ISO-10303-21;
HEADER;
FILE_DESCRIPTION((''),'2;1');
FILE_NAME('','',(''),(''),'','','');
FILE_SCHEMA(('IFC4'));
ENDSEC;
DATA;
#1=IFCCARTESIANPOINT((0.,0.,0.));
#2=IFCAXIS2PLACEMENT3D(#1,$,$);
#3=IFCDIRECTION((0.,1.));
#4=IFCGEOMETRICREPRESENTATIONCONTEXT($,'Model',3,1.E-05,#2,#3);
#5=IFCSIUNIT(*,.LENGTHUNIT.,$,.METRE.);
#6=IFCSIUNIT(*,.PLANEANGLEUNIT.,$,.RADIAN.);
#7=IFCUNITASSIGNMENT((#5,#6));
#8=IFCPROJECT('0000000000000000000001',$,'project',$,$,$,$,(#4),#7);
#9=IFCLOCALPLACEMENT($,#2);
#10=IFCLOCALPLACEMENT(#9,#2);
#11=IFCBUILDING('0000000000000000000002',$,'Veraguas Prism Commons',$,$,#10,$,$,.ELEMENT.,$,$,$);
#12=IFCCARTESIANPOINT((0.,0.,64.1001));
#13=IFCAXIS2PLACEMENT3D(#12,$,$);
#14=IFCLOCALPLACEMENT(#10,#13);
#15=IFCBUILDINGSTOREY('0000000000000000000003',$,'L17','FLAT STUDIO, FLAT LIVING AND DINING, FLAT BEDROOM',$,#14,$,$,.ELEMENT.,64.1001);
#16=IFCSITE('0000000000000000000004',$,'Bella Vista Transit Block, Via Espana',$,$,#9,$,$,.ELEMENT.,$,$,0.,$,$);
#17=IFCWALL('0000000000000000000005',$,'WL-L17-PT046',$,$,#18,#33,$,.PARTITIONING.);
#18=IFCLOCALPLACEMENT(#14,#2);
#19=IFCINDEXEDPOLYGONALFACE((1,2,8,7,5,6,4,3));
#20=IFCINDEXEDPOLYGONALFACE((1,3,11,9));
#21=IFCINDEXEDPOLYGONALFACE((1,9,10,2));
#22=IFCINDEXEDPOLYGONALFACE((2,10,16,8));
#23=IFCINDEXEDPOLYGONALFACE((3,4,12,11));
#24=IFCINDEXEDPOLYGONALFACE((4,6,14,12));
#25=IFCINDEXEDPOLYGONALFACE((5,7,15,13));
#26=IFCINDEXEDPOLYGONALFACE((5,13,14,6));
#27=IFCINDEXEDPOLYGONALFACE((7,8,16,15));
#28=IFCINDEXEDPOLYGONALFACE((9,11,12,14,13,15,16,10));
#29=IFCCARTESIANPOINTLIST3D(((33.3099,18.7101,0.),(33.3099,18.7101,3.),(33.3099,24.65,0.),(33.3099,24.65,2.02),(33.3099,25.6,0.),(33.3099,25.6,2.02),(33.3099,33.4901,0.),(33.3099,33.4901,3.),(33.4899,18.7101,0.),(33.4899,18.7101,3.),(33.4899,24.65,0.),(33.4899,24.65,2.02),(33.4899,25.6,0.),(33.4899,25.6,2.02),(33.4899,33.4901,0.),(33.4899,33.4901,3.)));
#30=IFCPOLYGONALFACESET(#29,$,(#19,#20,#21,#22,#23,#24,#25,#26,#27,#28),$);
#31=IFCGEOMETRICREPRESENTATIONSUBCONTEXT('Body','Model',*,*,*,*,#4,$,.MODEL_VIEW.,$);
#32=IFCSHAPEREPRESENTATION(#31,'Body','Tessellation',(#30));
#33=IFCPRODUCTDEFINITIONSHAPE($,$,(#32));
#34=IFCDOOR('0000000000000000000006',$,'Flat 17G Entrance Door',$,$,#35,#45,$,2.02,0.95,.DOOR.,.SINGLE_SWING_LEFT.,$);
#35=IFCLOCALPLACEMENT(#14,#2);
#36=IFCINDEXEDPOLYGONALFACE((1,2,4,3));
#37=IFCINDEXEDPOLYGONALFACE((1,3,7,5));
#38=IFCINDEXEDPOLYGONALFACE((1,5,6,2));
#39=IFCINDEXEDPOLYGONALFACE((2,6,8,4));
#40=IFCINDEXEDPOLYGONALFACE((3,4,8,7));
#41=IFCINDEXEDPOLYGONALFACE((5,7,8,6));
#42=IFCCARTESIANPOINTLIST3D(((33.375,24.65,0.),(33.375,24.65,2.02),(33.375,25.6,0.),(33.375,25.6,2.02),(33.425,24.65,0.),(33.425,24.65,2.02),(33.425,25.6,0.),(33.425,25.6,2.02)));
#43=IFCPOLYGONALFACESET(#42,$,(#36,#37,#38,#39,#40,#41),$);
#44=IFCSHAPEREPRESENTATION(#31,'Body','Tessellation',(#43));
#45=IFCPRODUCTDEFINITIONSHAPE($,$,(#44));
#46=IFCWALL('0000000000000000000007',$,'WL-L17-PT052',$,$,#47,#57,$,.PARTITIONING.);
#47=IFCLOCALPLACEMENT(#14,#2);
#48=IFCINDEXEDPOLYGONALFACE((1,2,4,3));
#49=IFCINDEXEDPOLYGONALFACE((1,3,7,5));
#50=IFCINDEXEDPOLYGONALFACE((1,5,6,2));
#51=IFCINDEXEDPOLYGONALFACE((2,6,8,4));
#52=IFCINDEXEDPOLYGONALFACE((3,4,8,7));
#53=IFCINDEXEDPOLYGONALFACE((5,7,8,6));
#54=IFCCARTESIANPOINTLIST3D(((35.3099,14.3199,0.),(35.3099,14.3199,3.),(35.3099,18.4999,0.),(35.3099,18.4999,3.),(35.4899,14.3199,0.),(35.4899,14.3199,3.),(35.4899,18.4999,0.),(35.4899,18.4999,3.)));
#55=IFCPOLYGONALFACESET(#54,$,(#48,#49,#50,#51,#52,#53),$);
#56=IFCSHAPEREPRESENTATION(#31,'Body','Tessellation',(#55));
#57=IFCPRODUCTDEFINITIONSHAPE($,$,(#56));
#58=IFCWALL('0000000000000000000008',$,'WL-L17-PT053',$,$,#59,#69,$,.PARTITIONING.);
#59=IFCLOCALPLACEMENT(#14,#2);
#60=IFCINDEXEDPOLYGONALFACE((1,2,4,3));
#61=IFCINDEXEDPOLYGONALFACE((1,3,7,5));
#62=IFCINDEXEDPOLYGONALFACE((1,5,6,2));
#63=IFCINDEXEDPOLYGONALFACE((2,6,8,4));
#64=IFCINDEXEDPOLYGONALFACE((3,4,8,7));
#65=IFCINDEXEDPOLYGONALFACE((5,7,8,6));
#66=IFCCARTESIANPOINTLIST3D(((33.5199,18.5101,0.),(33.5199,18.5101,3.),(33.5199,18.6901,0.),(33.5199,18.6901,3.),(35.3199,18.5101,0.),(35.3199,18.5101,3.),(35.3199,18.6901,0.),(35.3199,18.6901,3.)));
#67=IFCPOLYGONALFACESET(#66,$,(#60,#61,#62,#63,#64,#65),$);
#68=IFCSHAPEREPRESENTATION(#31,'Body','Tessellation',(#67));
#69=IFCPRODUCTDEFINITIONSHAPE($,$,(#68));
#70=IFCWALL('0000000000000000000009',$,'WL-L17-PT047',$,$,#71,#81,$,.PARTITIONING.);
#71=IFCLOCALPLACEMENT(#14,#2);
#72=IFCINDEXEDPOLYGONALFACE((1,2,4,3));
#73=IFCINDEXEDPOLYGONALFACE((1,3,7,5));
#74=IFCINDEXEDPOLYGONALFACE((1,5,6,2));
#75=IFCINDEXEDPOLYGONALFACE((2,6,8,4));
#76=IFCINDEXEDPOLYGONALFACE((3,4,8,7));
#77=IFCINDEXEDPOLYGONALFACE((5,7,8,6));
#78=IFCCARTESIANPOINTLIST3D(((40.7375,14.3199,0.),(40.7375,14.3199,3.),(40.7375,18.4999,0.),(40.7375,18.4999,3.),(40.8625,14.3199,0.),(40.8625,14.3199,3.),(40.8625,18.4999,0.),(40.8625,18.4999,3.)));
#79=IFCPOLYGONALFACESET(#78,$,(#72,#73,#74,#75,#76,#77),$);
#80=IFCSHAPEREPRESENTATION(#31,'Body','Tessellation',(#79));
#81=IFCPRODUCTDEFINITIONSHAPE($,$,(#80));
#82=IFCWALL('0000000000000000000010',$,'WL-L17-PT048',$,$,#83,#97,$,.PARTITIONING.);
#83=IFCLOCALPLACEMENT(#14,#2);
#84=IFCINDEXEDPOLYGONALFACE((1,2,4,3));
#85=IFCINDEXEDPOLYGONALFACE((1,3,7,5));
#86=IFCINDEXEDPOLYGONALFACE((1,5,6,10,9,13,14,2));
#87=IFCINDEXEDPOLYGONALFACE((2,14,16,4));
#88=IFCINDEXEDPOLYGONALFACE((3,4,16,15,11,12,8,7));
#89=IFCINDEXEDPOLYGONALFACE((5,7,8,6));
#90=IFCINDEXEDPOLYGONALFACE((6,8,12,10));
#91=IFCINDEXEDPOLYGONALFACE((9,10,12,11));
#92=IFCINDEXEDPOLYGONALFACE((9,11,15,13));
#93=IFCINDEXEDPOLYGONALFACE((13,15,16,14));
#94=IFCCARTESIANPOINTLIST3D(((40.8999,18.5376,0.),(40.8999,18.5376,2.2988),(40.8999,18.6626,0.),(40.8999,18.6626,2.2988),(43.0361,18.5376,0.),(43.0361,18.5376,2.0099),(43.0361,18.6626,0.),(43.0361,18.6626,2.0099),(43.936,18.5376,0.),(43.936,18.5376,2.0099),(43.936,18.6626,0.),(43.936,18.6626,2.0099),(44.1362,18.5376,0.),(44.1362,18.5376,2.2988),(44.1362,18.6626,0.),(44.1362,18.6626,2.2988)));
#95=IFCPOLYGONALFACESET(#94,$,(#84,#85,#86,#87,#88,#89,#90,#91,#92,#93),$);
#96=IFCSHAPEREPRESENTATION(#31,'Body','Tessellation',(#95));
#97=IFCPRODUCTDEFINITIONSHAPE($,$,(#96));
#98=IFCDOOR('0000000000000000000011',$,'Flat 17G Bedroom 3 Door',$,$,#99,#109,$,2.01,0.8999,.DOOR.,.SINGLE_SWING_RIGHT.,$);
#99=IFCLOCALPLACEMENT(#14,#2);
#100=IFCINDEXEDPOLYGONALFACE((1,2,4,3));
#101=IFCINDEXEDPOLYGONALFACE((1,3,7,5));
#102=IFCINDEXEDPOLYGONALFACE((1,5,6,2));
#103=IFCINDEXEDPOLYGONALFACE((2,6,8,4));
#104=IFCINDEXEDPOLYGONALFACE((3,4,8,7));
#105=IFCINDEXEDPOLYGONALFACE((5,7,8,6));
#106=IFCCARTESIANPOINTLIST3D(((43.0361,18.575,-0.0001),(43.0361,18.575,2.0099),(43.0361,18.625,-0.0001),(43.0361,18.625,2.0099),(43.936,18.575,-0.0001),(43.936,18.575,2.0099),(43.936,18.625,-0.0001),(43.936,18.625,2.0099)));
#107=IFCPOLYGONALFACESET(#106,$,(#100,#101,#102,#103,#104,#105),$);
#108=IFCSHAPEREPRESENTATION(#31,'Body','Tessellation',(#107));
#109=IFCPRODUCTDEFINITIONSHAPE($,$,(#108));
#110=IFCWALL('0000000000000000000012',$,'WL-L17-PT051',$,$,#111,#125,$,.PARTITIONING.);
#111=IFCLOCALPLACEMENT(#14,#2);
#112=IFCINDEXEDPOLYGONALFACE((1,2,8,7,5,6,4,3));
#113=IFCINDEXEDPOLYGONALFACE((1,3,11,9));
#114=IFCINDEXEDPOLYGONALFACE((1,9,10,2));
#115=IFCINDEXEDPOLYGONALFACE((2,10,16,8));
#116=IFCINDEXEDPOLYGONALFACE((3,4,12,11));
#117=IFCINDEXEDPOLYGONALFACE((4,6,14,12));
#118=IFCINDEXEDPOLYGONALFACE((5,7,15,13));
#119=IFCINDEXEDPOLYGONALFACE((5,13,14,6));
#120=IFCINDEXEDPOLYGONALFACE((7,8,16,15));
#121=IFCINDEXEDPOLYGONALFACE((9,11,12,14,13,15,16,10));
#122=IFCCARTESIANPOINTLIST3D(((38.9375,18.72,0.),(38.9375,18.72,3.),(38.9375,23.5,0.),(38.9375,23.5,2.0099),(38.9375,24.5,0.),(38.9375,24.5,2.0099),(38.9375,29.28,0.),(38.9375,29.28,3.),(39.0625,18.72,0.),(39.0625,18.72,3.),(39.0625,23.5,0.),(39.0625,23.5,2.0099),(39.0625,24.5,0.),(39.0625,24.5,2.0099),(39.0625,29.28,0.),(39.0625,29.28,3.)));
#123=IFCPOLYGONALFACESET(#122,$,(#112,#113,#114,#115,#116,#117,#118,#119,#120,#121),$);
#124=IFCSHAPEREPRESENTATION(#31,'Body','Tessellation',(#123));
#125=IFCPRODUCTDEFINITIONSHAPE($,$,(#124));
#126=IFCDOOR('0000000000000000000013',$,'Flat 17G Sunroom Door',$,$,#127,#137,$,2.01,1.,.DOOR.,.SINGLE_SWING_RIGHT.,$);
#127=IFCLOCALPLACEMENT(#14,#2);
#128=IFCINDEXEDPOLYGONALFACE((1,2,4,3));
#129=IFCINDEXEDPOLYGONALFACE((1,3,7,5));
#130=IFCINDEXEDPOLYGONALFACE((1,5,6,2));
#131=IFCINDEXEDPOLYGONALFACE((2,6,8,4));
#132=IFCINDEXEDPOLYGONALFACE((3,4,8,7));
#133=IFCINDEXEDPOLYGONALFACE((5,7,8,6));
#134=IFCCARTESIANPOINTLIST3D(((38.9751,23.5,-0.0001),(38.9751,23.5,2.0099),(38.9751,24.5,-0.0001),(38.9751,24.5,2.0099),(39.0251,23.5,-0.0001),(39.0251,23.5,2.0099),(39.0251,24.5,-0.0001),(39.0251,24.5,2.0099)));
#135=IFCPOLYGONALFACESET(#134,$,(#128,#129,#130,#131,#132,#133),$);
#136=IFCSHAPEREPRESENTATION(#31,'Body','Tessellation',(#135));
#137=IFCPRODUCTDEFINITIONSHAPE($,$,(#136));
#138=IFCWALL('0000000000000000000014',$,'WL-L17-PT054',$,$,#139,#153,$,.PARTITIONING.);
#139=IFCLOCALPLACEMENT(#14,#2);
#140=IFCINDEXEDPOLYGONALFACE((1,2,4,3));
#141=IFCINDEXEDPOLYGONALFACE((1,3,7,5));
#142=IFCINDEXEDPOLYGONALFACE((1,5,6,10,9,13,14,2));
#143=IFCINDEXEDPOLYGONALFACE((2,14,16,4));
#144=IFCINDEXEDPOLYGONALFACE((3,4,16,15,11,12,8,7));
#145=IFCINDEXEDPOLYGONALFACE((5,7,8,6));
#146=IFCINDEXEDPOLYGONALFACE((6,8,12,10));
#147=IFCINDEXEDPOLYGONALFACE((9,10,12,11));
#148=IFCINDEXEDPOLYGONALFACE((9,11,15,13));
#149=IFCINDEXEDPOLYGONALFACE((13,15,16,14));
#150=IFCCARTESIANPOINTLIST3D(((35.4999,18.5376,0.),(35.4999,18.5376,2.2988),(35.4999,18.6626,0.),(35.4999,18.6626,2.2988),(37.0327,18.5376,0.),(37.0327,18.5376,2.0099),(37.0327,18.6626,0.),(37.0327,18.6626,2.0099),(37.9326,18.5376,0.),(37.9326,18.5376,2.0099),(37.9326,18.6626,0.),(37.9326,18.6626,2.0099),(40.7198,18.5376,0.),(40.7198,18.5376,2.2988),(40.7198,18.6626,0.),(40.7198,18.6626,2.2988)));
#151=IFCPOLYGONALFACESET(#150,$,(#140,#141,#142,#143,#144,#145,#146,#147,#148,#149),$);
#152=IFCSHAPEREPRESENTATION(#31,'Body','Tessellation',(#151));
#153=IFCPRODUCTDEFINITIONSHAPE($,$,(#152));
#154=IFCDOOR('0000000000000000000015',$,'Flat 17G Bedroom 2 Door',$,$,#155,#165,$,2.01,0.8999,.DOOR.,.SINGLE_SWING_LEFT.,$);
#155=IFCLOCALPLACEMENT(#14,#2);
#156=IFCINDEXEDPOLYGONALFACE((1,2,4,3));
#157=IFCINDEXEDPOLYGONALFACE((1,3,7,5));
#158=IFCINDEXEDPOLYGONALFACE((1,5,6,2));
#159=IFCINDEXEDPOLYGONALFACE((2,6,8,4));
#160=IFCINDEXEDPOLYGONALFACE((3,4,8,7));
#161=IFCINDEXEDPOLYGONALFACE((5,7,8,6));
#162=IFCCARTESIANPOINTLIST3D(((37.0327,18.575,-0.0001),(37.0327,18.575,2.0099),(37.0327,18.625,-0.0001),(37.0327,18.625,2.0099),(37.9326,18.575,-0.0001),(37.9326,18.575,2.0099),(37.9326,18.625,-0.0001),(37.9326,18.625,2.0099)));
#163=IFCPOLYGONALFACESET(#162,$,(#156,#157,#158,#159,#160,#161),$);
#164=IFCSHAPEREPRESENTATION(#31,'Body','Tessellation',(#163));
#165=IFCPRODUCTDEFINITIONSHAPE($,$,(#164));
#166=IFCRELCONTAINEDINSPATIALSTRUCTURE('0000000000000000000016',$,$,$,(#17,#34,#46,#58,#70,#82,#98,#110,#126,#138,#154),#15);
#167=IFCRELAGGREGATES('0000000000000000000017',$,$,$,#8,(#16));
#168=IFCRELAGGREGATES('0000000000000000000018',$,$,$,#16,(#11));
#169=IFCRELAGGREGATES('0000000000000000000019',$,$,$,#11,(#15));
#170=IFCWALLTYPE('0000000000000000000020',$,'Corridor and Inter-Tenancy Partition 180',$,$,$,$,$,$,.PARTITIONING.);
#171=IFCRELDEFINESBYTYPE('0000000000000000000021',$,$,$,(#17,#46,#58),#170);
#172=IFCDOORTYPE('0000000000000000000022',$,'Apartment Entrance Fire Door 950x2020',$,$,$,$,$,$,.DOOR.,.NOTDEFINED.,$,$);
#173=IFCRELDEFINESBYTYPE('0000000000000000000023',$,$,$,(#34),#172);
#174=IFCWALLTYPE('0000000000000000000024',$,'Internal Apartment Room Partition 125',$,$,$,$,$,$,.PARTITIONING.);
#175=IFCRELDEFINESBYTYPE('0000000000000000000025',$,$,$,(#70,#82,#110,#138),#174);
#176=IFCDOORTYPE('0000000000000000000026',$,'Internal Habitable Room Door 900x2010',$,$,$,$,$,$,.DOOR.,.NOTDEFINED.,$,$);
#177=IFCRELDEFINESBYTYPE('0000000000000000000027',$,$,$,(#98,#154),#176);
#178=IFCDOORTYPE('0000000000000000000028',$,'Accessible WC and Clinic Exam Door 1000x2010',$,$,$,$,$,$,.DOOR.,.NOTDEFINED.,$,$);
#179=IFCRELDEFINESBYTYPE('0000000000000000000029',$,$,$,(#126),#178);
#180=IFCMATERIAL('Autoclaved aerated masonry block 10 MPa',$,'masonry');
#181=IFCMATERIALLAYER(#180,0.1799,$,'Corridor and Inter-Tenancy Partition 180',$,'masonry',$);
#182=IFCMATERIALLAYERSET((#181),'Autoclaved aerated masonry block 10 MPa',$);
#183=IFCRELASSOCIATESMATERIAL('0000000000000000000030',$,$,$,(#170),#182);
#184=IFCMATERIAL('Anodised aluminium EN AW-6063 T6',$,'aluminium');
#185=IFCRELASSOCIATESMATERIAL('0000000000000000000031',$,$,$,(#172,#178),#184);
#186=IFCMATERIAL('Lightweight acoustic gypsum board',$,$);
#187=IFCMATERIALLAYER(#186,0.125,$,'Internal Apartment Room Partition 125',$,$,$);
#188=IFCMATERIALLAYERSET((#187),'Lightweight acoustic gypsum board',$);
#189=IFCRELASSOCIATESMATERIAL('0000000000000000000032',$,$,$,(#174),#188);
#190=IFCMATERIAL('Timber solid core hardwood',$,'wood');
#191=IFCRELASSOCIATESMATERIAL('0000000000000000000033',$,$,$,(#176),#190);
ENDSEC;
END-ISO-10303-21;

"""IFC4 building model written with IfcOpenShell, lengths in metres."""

from ifc_helpers import new_model, si_unit, direction, frame, frame_2d, origin, place, context, subcontext, project, spatial, rectangle, extrude, source, transform, mapped, material, layer, layer_set, type_object, element, fill, save


model = new_model("IFC4")

# Units and contexts
model_context = context("Model", 3, precision=1e-05, world=origin(), true_north=direction((0.0, 1.0)))
body_context = subcontext(model_context, "Body", "Model", "MODEL_VIEW")
ifc_project = project(units=[si_unit("LENGTHUNIT", "METRE"), si_unit("PLANEANGLEUNIT", "RADIAN")], contexts=[model_context])

# Site, building, storey
site_placement = place(None, origin())
site = spatial("IfcSite", under=ifc_project, at=site_placement, Name="Bella Vista Transit Block, Via Espana", CompositionType="ELEMENT", RefElevation=0.0)
building_placement = place(site_placement, origin())
building = spatial("IfcBuilding", under=site, at=building_placement, Name="Veraguas Prism Commons", CompositionType="ELEMENT")
storey_placement = place(building_placement, frame((0.0, 0.0, 64.1001)))
storey = spatial("IfcBuildingStorey", under=building, at=storey_placement, Name="L17", Description="FLAT STUDIO, FLAT LIVING AND DINING, FLAT BEDROOM", CompositionType="ELEMENT", Elevation=64.1001)

# Shared definitions
ifc_material_1 = material(Name="Anodised aluminium EN AW-6063 T6", Category="aluminium")

# Wall, opening, door
ifc_material_2 = material(Name="Autoclaved aerated masonry block 10 MPa", Category="masonry")
ifc_layer_1 = layer(ifc_material_2, 0.1799, Name="Corridor and Inter-Tenancy Partition 180", Category="masonry")
ifc_layer_set_1 = layer_set([ifc_layer_1], Name="Autoclaved aerated masonry block 10 MPa")
wall_type_1 = type_object("IfcWallType", Name="Corridor and Inter-Tenancy Partition 180", PredefinedType="PARTITIONING", material=ifc_layer_set_1)
shared_shape_1 = source(origin(), body_context, "Body", "SweptSolid", [
    extrude(rectangle(XDim=1.0, YDim=2.01, at=frame_2d((0.5, 1.0049))), frame((0.0, 0.0249, 0.0), z_axis=(0.0, -1.0, 0.0), x_axis=(1.0, 0.0, 0.0)), (0.0, 0.0, 1.0), 0.05),
])
wall_1_placement = place(storey_placement, frame((33.3999, 18.71, 0.0), z_axis=(0.0, 0.0, 1.0), x_axis=(0.0, 1.0, 0.0)))
wall_1 = element("IfcWall", 1, at=wall_1_placement, inside=storey, type_object=wall_type_1, Name="WL-L17-PT046", PredefinedType="PARTITIONING", context=body_context, shape_type="SweptSolid", body=[
    extrude(rectangle(XDim=14.78, YDim=0.1799, at=frame_2d((7.3901, 0.0))), origin(), (0.0, 0.0, 1.0), 3.0),
])
opening_1_placement = place(wall_1_placement, frame((5.9399, 0.0, 0.0)))
opening_1 = element("IfcOpeningElement", 2, at=opening_1_placement, cuts=wall_1, PredefinedType="OPENING", context=body_context, shape_type="SweptSolid", body=[
    extrude(rectangle(XDim=0.95, YDim=2.02, at=frame_2d((0.4751, 1.01))), frame((0.0, 0.0999, 0.0), z_axis=(0.0, -1.0, 0.0), x_axis=(1.0, 0.0, 0.0)), (0.0, 0.0, 1.0), 0.2),
])
door_type_1 = type_object("IfcDoorType", Name="Apartment Entrance Fire Door 950x2020", OperationType="NOTDEFINED", PredefinedType="DOOR", material=ifc_material_1)
shared_shape_2 = source(origin(), body_context, "Body", "SweptSolid", [
    extrude(rectangle(XDim=0.95, YDim=2.02, at=frame_2d((0.4751, 1.01))), frame((0.0, 0.0249, 0.0), z_axis=(0.0, -1.0, 0.0), x_axis=(1.0, 0.0, 0.0)), (0.0, 0.0, 1.0), 0.05),
])
door_1_placement = place(opening_1_placement, origin())
door_1 = element("IfcDoor", 3, at=door_1_placement, inside=storey, type_object=door_type_1, Name="Flat 17G Entrance Door", OperationType="SINGLE_SWING_LEFT", OverallHeight=2.02, OverallWidth=0.95, PredefinedType="DOOR", context=body_context, shape_type="MappedRepresentation", body=[
    mapped(shared_shape_2, transform((0.0, 0.0, 0.0), scale=1.0)),
])
fill(opening_1, door_1)

# Walls
wall_2_placement = place(storey_placement, frame((35.3999, 14.3201, 0.0), z_axis=(0.0, 0.0, 1.0), x_axis=(0.0, 1.0, 0.0)))
element("IfcWall", 4, at=wall_2_placement, inside=storey, type_object=wall_type_1, Name="WL-L17-PT052", PredefinedType="PARTITIONING", context=body_context, shape_type="SweptSolid", body=[
    extrude(rectangle(XDim=4.1799, YDim=0.1799, at=frame_2d((2.0898, 0.0))), origin(), (0.0, 0.0, 1.0), 3.0),
])
wall_3_placement = place(storey_placement, frame((33.52, 18.6001, 0.0), z_axis=(0.0, 0.0, 1.0), x_axis=(1.0, 0.0, 0.0)))
element("IfcWall", 5, at=wall_3_placement, inside=storey, type_object=wall_type_1, Name="WL-L17-PT053", PredefinedType="PARTITIONING", context=body_context, shape_type="SweptSolid", body=[
    extrude(rectangle(XDim=1.8, YDim=0.1799, at=frame_2d((0.8999, 0.0))), origin(), (0.0, 0.0, 1.0), 3.0),
])
ifc_material_3 = material(Name="Lightweight acoustic gypsum board")
ifc_layer_2 = layer(ifc_material_3, 0.125, Name="Internal Apartment Room Partition 125")
ifc_layer_set_2 = layer_set([ifc_layer_2], Name="Lightweight acoustic gypsum board")
wall_type_2 = type_object("IfcWallType", Name="Internal Apartment Room Partition 125", PredefinedType="PARTITIONING", material=ifc_layer_set_2)
wall_4_placement = place(storey_placement, frame((40.8, 14.3201, 0.0), z_axis=(0.0, 0.0, 1.0), x_axis=(0.0, 1.0, 0.0)))
element("IfcWall", 6, at=wall_4_placement, inside=storey, type_object=wall_type_2, Name="WL-L17-PT047", PredefinedType="PARTITIONING", context=body_context, shape_type="SweptSolid", body=[
    extrude(rectangle(XDim=4.1799, YDim=0.125, at=frame_2d((2.0898, 0.0))), origin(), (0.0, 0.0, 1.0), 3.0),
])

# Walls, openings, doors
wall_5_placement = place(storey_placement, frame((40.8999, 18.6001, 0.0), z_axis=(0.0, 0.0, 1.0), x_axis=(1.0, 0.0, 0.0)))
wall_5 = element("IfcWall", 7, at=wall_5_placement, inside=storey, type_object=wall_type_2, Name="WL-L17-PT048", PredefinedType="PARTITIONING", context=body_context, shape_type="SweptSolid", body=[
    extrude(rectangle(XDim=3.2363, YDim=0.125, at=frame_2d((1.6182, 0.0))), origin(), (0.0, 0.0, 1.0), 2.2988),
])
opening_2_placement = place(wall_5_placement, frame((2.1362, 0.0, 0.0)))
opening_2 = element("IfcOpeningElement", 8, at=opening_2_placement, cuts=wall_5, PredefinedType="OPENING", context=body_context, shape_type="SweptSolid", body=[
    extrude(rectangle(XDim=0.8999, YDim=2.01, at=frame_2d((0.45, 1.0049))), frame((0.0, 0.0725, 0.0), z_axis=(0.0, -1.0, 0.0), x_axis=(1.0, 0.0, 0.0)), (0.0, 0.0, 1.0), 0.145),
])
ifc_material_4 = material(Name="Timber solid core hardwood", Category="wood")
door_type_2 = type_object("IfcDoorType", Name="Internal Habitable Room Door 900x2010", OperationType="NOTDEFINED", PredefinedType="DOOR", material=ifc_material_4)
shared_shape_3 = source(origin(), body_context, "Body", "SweptSolid", [
    extrude(rectangle(XDim=0.8999, YDim=2.01, at=frame_2d((0.45, 1.0049))), frame((0.0, 0.0249, 0.0), z_axis=(0.0, -1.0, 0.0), x_axis=(1.0, 0.0, 0.0)), (0.0, 0.0, 1.0), 0.05),
])
door_2_placement = place(opening_2_placement, origin())
door_2 = element("IfcDoor", 9, at=door_2_placement, inside=storey, type_object=door_type_2, Name="Flat 17G Bedroom 3 Door", OperationType="SINGLE_SWING_RIGHT", OverallHeight=2.01, OverallWidth=0.8999, PredefinedType="DOOR", context=body_context, shape_type="MappedRepresentation", body=[
    mapped(shared_shape_3, transform((0.0, 0.0, 0.0), scale=1.0)),
])
fill(opening_2, door_2)
wall_6_placement = place(storey_placement, frame((39.0, 18.72, 0.0), z_axis=(0.0, 0.0, 1.0), x_axis=(0.0, 1.0, 0.0)))
wall_6 = element("IfcWall", 10, at=wall_6_placement, inside=storey, type_object=wall_type_2, Name="WL-L17-PT051", PredefinedType="PARTITIONING", context=body_context, shape_type="SweptSolid", body=[
    extrude(rectangle(XDim=10.5601, YDim=0.125, at=frame_2d((5.28, 0.0))), origin(), (0.0, 0.0, 1.0), 3.0),
])
opening_3_placement = place(wall_6_placement, frame((4.78, 0.0, 0.0)))
opening_3 = element("IfcOpeningElement", 11, at=opening_3_placement, cuts=wall_6, PredefinedType="OPENING", context=body_context, shape_type="SweptSolid", body=[
    extrude(rectangle(XDim=1.0, YDim=2.01, at=frame_2d((0.5, 1.0049))), frame((0.0, 0.0725, 0.0), z_axis=(0.0, -1.0, 0.0), x_axis=(1.0, 0.0, 0.0)), (0.0, 0.0, 1.0), 0.145),
])
door_type_3 = type_object("IfcDoorType", Name="Accessible WC and Clinic Exam Door 1000x2010", OperationType="NOTDEFINED", PredefinedType="DOOR", material=ifc_material_1)
door_3_placement = place(opening_3_placement, origin())
door_3 = element("IfcDoor", 12, at=door_3_placement, inside=storey, type_object=door_type_3, Name="Flat 17G Sunroom Door", OperationType="SINGLE_SWING_RIGHT", OverallHeight=2.01, OverallWidth=1.0, PredefinedType="DOOR", context=body_context, shape_type="MappedRepresentation", body=[
    mapped(shared_shape_1, transform((0.0, 0.0, 0.0), scale=1.0)),
])
fill(opening_3, door_3)
wall_7_placement = place(storey_placement, frame((35.5, 18.6001, 0.0), z_axis=(0.0, 0.0, 1.0), x_axis=(1.0, 0.0, 0.0)))
wall_7 = element("IfcWall", 13, at=wall_7_placement, inside=storey, type_object=wall_type_2, Name="WL-L17-PT054", PredefinedType="PARTITIONING", context=body_context, shape_type="SweptSolid", body=[
    extrude(rectangle(XDim=5.22, YDim=0.125, at=frame_2d((2.6099, 0.0))), origin(), (0.0, 0.0, 1.0), 2.2988),
])
opening_4_placement = place(wall_7_placement, frame((1.5327, 0.0, 0.0)))
opening_4 = element("IfcOpeningElement", 14, at=opening_4_placement, cuts=wall_7, PredefinedType="OPENING", context=body_context, shape_type="SweptSolid", body=[
    extrude(rectangle(XDim=0.8999, YDim=2.01, at=frame_2d((0.45, 1.0049))), frame((0.0, 0.0725, 0.0), z_axis=(0.0, -1.0, 0.0), x_axis=(1.0, 0.0, 0.0)), (0.0, 0.0, 1.0), 0.145),
])
door_4_placement = place(opening_4_placement, origin())
door_4 = element("IfcDoor", 15, at=door_4_placement, inside=storey, type_object=door_type_2, Name="Flat 17G Bedroom 2 Door", OperationType="SINGLE_SWING_LEFT", OverallHeight=2.01, OverallWidth=0.8999, PredefinedType="DOOR", context=body_context, shape_type="MappedRepresentation", body=[
    mapped(shared_shape_3, transform((0.0, 0.0, 0.0), scale=1.0)),
])
fill(opening_4, door_4)

save(model, "model.ifc")
